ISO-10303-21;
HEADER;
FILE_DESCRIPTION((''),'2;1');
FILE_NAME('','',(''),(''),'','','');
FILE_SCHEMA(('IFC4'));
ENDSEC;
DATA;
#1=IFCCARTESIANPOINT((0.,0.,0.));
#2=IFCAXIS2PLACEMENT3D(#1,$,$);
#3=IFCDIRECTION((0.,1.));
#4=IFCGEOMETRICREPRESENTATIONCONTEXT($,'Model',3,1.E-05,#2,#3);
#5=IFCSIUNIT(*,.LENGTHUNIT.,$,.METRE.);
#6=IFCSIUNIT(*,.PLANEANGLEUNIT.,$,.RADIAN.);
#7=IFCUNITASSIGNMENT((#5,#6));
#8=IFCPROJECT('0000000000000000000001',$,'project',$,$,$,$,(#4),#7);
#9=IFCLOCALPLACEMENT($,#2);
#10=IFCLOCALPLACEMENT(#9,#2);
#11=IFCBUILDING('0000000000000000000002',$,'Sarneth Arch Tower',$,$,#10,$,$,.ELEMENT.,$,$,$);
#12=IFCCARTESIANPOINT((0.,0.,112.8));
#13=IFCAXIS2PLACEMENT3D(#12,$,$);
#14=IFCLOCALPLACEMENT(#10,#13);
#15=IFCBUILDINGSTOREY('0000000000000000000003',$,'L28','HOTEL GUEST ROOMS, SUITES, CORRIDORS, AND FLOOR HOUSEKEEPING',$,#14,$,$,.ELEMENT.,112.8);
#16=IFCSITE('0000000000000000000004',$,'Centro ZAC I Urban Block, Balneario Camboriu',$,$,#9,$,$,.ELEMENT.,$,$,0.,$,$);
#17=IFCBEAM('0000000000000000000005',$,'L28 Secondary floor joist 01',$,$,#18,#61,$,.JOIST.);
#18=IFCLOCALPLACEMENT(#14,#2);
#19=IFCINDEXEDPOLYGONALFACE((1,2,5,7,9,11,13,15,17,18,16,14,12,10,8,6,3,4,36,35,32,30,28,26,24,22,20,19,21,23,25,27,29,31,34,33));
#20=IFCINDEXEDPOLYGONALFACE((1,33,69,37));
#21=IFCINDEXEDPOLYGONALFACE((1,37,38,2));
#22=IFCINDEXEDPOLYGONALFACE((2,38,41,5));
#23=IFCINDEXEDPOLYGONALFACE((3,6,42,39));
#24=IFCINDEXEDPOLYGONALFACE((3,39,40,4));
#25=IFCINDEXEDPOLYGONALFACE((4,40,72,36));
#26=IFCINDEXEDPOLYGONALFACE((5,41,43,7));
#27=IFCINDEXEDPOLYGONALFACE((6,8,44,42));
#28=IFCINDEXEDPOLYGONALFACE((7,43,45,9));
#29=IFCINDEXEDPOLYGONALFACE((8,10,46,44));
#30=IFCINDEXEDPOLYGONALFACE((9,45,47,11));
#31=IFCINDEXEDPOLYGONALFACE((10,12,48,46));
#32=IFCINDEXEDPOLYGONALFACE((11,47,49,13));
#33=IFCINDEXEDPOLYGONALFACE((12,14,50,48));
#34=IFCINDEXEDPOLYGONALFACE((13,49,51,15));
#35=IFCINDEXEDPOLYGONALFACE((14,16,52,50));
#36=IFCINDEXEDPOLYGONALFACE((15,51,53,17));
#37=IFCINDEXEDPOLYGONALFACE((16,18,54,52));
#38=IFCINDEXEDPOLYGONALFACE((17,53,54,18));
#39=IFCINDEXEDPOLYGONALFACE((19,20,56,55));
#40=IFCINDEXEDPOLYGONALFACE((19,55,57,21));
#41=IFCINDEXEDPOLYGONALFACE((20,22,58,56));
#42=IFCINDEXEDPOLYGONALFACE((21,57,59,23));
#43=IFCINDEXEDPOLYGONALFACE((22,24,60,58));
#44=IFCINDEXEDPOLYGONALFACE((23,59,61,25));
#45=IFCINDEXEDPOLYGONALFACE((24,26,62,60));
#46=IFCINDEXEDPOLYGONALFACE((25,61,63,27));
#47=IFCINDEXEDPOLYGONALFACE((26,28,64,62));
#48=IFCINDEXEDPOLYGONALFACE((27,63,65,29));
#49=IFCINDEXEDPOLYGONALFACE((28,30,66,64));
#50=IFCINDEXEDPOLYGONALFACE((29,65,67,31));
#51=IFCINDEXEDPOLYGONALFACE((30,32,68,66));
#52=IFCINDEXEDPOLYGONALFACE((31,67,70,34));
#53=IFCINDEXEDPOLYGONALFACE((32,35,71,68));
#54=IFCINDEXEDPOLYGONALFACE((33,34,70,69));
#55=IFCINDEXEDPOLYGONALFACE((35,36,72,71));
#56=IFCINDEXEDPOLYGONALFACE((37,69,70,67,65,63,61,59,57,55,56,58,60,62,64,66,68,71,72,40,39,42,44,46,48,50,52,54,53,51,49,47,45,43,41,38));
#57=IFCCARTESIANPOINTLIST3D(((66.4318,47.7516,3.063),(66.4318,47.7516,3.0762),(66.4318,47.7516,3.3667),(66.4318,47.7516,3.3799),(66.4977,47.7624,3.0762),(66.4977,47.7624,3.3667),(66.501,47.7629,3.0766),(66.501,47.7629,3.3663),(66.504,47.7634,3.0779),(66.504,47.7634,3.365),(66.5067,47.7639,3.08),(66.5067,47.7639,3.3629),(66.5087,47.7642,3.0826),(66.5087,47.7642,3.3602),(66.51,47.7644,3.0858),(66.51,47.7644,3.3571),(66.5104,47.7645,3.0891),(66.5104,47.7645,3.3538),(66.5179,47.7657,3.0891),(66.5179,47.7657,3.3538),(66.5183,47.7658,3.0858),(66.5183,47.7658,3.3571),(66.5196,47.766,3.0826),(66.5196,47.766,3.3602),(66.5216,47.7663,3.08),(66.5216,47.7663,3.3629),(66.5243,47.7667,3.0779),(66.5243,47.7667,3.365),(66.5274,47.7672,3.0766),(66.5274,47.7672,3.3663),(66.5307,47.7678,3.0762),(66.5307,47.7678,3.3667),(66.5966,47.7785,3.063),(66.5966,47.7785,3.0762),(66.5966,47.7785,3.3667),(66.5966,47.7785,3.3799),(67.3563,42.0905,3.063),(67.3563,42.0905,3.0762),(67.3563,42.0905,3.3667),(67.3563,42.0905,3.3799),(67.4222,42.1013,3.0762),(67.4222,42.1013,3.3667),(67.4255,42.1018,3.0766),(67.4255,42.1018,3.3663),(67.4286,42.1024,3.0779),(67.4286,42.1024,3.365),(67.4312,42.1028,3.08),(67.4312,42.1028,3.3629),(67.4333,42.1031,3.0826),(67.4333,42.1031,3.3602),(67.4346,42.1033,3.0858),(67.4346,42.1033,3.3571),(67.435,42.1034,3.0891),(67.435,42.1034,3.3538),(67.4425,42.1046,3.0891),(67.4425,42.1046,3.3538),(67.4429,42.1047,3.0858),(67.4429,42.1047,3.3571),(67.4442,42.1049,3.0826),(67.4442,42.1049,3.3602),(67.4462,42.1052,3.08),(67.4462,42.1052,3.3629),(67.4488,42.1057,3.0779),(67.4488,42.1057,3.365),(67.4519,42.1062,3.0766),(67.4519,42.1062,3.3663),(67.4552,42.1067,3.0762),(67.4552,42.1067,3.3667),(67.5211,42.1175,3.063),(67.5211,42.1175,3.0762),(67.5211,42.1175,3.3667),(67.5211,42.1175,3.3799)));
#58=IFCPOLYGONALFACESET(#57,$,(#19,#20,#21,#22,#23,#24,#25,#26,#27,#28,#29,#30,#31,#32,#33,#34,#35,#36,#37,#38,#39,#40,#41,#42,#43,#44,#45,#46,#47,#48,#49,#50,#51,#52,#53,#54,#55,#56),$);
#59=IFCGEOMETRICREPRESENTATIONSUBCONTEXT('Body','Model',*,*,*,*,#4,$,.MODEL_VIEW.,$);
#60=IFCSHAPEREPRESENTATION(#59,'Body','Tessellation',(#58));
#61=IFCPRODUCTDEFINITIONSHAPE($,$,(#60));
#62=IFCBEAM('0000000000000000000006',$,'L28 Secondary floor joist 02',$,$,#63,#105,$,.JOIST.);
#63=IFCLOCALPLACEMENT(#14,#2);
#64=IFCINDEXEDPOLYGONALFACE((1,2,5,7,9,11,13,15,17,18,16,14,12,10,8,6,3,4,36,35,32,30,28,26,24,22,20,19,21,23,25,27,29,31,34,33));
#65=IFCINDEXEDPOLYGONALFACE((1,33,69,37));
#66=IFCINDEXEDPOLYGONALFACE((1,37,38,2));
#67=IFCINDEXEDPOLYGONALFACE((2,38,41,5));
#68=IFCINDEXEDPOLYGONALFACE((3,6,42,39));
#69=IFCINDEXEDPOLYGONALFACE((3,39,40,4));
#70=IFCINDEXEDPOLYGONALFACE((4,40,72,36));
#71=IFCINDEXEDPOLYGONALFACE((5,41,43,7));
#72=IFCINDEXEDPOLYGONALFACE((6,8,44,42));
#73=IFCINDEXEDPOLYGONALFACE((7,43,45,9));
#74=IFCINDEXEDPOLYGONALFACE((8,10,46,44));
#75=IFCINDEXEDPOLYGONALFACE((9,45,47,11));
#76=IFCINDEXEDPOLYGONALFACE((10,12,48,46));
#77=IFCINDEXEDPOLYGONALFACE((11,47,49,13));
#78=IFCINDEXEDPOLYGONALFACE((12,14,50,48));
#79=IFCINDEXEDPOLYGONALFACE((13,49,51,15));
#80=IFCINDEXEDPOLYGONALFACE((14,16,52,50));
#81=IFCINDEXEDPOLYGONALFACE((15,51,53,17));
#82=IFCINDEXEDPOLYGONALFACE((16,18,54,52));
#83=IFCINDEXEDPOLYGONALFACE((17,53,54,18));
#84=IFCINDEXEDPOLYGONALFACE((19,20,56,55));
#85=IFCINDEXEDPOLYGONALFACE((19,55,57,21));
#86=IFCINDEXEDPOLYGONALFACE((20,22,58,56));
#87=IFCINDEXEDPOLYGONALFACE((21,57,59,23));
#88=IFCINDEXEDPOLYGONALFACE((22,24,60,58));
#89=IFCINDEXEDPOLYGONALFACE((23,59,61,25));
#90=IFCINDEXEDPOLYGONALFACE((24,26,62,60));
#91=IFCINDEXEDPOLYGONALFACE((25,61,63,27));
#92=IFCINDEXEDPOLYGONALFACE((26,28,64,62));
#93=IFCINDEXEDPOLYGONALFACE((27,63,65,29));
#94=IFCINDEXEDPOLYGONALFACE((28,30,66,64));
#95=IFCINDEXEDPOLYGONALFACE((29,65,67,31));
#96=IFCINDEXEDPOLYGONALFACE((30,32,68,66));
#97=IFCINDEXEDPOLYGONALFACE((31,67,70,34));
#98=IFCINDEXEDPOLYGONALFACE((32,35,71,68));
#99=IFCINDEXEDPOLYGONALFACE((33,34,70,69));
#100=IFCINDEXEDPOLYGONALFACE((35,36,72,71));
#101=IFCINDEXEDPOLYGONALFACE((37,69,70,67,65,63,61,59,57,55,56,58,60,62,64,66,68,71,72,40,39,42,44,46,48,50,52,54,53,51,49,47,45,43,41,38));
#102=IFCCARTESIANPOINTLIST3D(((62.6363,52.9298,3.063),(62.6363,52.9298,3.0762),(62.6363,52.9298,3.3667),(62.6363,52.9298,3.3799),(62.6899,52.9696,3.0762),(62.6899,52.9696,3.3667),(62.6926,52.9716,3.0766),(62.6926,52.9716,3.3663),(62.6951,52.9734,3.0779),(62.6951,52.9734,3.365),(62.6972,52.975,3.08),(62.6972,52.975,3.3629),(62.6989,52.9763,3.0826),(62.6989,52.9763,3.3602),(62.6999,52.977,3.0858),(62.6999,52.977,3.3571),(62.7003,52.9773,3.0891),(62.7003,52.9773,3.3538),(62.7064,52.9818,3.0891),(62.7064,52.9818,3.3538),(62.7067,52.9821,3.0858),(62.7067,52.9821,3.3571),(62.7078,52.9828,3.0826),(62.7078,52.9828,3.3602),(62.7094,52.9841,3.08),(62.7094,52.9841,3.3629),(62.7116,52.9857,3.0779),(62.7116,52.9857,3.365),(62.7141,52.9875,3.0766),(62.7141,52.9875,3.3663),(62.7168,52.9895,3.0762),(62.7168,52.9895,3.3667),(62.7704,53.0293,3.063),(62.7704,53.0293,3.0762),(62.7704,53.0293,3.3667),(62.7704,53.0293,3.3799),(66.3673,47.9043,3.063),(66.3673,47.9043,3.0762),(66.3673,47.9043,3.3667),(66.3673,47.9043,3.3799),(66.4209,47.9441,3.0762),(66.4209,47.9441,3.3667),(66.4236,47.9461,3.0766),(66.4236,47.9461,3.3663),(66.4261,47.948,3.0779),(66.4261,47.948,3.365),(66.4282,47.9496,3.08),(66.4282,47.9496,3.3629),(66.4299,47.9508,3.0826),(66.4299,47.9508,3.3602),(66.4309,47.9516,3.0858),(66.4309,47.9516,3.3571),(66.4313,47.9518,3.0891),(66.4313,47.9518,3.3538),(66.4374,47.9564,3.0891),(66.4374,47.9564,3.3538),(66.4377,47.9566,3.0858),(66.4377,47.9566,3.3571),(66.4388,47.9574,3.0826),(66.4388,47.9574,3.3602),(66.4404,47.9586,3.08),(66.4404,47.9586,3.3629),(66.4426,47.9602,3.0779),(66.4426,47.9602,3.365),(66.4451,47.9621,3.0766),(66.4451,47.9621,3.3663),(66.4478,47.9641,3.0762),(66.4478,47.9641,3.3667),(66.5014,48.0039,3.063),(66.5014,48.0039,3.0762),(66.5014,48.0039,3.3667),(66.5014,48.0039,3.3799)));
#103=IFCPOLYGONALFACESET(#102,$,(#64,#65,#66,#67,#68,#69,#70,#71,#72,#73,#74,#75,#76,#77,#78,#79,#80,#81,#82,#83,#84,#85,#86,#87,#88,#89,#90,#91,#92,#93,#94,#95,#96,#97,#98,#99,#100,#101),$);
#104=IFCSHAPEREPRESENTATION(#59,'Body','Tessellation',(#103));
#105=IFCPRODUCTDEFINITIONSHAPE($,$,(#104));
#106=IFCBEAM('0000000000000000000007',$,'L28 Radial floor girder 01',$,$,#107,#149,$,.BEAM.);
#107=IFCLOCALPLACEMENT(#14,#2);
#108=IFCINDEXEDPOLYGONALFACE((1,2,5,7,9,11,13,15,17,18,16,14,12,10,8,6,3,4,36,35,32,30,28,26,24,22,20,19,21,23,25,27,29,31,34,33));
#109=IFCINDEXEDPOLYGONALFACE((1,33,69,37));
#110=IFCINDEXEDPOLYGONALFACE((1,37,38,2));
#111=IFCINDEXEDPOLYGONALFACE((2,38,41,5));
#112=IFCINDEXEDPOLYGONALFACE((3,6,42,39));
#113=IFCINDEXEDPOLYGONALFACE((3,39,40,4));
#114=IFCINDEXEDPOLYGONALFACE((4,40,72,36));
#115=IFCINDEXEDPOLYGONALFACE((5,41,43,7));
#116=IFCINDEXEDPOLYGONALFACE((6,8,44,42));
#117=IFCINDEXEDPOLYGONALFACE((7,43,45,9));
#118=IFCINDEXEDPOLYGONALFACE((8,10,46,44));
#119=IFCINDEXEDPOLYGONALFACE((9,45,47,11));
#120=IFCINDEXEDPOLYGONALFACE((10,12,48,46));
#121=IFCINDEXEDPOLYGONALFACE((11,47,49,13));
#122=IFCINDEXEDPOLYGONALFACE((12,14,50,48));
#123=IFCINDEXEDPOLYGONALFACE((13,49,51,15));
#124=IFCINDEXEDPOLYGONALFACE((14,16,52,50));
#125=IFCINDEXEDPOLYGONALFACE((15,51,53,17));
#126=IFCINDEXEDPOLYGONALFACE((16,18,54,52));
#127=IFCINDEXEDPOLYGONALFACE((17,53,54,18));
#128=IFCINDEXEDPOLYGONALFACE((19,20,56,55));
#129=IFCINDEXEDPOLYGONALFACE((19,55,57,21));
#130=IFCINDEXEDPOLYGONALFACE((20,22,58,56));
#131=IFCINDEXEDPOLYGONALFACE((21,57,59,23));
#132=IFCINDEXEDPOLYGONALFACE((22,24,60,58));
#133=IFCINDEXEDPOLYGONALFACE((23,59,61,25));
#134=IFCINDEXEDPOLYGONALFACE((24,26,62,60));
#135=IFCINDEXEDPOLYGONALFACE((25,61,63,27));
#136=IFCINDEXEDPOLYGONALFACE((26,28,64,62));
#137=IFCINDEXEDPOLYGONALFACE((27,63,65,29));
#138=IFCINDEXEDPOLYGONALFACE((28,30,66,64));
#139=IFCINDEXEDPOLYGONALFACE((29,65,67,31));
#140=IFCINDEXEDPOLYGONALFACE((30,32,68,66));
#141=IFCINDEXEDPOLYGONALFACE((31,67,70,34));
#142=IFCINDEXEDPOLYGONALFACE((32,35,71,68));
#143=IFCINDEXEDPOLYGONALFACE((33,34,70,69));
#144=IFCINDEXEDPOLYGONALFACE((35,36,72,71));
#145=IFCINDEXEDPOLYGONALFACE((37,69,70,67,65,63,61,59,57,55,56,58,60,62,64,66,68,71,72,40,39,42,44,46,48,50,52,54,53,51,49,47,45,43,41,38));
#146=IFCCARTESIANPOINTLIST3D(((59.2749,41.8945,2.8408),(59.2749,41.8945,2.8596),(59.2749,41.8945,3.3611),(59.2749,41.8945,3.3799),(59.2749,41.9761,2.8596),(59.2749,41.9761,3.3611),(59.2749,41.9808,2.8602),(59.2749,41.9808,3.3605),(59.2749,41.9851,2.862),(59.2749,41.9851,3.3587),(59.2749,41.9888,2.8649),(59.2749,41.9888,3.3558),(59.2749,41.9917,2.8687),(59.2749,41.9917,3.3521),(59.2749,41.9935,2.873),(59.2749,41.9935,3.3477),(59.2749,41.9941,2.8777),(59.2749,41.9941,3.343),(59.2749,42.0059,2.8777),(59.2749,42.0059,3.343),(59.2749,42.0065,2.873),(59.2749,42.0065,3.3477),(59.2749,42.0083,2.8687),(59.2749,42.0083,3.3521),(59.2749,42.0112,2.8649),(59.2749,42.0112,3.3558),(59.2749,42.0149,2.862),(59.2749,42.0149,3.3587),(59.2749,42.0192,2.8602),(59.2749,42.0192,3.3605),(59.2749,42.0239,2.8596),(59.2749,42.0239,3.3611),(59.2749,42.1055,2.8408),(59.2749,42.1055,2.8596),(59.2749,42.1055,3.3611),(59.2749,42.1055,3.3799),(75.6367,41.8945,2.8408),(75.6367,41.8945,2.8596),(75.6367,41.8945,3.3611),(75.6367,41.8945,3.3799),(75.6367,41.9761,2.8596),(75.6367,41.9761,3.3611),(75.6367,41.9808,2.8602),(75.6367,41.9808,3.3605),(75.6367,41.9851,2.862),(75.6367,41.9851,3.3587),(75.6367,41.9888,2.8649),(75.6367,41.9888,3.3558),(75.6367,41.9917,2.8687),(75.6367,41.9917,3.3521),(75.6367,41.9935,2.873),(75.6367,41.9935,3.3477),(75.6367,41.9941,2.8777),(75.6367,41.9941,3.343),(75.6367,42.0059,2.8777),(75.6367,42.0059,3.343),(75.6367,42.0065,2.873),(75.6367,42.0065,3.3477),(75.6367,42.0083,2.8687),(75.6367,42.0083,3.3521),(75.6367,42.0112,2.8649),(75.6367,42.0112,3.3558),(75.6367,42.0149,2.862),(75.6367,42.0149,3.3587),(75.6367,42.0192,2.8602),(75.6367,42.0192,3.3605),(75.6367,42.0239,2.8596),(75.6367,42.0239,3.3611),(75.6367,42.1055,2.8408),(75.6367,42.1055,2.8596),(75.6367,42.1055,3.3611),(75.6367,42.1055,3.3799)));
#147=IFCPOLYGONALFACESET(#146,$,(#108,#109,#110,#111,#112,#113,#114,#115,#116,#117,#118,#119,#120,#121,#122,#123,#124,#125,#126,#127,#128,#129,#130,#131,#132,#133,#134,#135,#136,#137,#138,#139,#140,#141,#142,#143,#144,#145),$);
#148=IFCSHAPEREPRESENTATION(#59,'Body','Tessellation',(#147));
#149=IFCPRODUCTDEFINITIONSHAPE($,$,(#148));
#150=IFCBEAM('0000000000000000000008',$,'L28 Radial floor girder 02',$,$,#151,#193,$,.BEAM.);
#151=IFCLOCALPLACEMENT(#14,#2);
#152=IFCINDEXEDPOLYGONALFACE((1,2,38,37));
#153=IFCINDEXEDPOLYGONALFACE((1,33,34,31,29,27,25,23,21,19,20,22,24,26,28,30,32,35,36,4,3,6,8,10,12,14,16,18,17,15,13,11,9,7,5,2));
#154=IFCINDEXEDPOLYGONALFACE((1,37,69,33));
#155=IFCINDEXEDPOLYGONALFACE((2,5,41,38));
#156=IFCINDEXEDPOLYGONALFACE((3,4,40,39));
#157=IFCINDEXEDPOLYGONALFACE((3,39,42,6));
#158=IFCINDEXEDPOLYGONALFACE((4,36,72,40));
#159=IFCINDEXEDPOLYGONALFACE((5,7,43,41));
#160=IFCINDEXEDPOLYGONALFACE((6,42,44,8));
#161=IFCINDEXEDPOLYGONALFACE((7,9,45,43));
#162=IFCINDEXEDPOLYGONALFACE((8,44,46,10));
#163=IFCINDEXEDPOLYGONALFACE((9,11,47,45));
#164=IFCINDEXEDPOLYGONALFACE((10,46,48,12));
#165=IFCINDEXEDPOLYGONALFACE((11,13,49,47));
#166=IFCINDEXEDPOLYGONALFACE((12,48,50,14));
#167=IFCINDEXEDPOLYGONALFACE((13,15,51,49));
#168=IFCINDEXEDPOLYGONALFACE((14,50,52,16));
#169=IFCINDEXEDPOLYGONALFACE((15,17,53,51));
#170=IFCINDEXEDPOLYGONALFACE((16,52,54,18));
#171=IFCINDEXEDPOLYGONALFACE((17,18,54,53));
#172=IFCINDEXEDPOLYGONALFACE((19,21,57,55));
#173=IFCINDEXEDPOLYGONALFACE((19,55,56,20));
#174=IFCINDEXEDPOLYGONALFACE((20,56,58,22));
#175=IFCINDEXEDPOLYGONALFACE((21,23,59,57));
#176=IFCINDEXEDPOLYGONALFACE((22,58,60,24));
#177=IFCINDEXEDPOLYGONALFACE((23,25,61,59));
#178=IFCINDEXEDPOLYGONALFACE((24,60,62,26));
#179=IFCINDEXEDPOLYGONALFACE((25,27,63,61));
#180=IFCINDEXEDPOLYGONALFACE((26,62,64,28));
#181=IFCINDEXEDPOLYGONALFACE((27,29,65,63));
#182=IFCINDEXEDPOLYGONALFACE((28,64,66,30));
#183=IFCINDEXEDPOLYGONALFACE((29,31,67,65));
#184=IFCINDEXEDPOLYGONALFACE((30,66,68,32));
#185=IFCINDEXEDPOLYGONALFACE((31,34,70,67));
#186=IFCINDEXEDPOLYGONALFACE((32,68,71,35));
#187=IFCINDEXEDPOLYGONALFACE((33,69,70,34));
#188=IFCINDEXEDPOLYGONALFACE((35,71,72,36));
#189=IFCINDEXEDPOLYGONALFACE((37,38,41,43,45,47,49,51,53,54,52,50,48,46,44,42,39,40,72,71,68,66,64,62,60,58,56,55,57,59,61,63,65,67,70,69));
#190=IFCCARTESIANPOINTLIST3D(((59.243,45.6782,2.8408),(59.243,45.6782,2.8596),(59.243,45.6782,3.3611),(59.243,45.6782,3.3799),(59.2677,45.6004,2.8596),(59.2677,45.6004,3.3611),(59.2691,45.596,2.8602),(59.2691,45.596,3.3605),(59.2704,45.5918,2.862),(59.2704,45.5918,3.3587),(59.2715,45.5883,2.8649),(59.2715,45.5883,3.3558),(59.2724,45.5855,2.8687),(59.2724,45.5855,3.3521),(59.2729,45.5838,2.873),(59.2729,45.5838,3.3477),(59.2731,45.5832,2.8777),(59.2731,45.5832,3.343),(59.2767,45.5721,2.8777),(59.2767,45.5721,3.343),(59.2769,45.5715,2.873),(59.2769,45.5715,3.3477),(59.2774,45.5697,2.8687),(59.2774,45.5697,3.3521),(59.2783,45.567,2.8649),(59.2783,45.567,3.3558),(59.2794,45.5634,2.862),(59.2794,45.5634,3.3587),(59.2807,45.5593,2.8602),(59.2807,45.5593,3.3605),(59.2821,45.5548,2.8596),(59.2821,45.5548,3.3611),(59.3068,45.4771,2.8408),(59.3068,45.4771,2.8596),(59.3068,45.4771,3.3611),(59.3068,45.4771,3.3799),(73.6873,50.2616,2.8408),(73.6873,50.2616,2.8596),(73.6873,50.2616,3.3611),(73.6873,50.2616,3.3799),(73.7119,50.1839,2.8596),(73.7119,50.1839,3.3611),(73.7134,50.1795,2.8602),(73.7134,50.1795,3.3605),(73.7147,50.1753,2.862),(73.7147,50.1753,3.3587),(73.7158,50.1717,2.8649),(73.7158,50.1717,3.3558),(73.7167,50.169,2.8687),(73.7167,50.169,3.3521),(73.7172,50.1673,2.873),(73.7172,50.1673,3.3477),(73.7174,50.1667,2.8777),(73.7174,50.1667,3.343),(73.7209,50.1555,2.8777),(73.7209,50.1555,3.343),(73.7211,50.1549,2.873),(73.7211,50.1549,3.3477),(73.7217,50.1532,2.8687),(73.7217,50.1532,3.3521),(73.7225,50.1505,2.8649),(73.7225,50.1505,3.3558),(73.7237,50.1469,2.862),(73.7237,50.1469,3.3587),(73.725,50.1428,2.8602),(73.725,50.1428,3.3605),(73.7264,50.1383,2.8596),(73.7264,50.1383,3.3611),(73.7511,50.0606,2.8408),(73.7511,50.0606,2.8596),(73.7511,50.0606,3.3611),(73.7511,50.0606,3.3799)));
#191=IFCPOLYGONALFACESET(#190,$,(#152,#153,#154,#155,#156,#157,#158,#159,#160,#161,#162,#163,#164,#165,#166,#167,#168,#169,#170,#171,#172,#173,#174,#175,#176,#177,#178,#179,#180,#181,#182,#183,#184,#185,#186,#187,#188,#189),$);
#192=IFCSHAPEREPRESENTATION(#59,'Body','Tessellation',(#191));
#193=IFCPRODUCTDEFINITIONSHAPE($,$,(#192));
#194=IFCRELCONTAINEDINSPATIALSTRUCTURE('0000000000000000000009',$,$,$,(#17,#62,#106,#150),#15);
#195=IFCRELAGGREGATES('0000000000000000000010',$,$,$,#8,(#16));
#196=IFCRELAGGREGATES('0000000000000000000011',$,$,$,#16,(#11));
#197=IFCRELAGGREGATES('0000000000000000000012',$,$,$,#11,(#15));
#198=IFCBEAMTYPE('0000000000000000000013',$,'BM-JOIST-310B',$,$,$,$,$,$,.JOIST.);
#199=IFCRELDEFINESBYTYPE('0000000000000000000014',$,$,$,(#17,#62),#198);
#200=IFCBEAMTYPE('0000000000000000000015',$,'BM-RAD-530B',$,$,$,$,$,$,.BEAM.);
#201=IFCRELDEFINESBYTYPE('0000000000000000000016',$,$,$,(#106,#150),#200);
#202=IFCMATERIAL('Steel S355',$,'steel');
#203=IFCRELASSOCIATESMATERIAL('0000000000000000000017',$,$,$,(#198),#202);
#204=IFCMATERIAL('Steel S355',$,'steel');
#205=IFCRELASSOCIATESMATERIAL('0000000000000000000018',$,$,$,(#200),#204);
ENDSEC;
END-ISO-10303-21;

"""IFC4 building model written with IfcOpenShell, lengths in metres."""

from ifc_helpers import new_model, si_unit, direction, frame, origin, origin_2d, place, context, subcontext, project, spatial, i_section, extrude, material, material_profile, profile_set, type_object, element, save


model = new_model("IFC4")

# Units and contexts
model_context = context("Model", 3, precision=1e-05, world=origin(), true_north=direction((0.0, 1.0)))
body_context = subcontext(model_context, "Body", "Model", "MODEL_VIEW")
ifc_project = project(units=[si_unit("LENGTHUNIT", "METRE"), si_unit("PLANEANGLEUNIT", "RADIAN")], contexts=[model_context])

# Site, building, storey
site_placement = place(None, origin())
site = spatial("IfcSite", under=ifc_project, at=site_placement, Name="Centro ZAC I Urban Block, Balneario Camboriu", CompositionType="ELEMENT", RefElevation=0.0)
building_placement = place(site_placement, origin())
building = spatial("IfcBuilding", under=site, at=building_placement, Name="Sarneth Arch Tower", CompositionType="ELEMENT")
storey_placement = place(building_placement, frame((0.0, 0.0, 112.8)))
storey = spatial("IfcBuildingStorey", under=building, at=storey_placement, Name="L28", Description="HOTEL GUEST ROOMS, SUITES, CORRIDORS, AND FLOOR HOUSEKEEPING", CompositionType="ELEMENT", Elevation=112.8)

# Beams
ifc_material_1 = material(Name="Steel S355", Category="steel")
ifc_material_profile_1 = material_profile(ifc_material_1, i_section(OverallWidth=0.167, OverallDepth=0.3169, WebThickness=0.0076, FlangeThickness=0.0132, FilletRadius=0.0129, at=origin_2d()), Name="W310x52")
ifc_profile_set_1 = profile_set([ifc_material_profile_1], Name="Steel S355")
beam_type_1 = type_object("IfcBeamType", Name="BM-JOIST-310B", PredefinedType="JOIST", material=ifc_profile_set_1)
beam_1_placement = place(storey_placement, frame((67.4387, 42.104, 3.2214), z_axis=(-0.161182, 0.986925, 0.0), x_axis=(-0.986925, -0.161182, 0.0)))
element("IfcBeam", 1, at=beam_1_placement, inside=storey, type_object=beam_type_1, Name="L28 Secondary floor joist 01", PredefinedType="JOIST", context=body_context, shape_type="SweptSolid", body=[
    extrude(i_section(OverallWidth=0.167, OverallDepth=0.3169, WebThickness=0.0076, FlangeThickness=0.0132, FilletRadius=0.0129, at=origin_2d()), origin(), (0.0, 0.0, 1.0), 5.7361),
])
beam_2_placement = place(storey_placement, frame((66.4343, 47.9541, 3.2214), z_axis=(-0.596098, 0.802911, 0.0), x_axis=(-0.802911, -0.596098, 0.0)))
element("IfcBeam", 2, at=beam_2_placement, inside=storey, type_object=beam_type_1, Name="L28 Secondary floor joist 02", PredefinedType="JOIST", context=body_context, shape_type="SweptSolid", body=[
    extrude(i_section(OverallWidth=0.167, OverallDepth=0.3169, WebThickness=0.0076, FlangeThickness=0.0132, FilletRadius=0.0129, at=origin_2d()), origin(), (0.0, 0.0, 1.0), 6.259),
])
ifc_material_2 = material(Name="Steel S355", Category="steel")
ifc_material_profile_2 = material_profile(ifc_material_2, i_section(OverallWidth=0.2109, OverallDepth=0.5391, WebThickness=0.0117, FlangeThickness=0.0188, FilletRadius=0.0181, at=origin_2d()), Name="W530x109")
ifc_profile_set_2 = profile_set([ifc_material_profile_2], Name="Steel S355")
beam_type_2 = type_object("IfcBeamType", Name="BM-RAD-530B", PredefinedType="BEAM", material=ifc_profile_set_2)
beam_3_placement = place(storey_placement, frame((59.2749, 42.0, 3.1104), z_axis=(1.0, 0.0, 0.0), x_axis=(0.0, 1.0, 0.0)))
element("IfcBeam", 3, at=beam_3_placement, inside=storey, type_object=beam_type_2, Name="L28 Radial floor girder 01", PredefinedType="BEAM", context=body_context, shape_type="SweptSolid", body=[
    extrude(i_section(OverallWidth=0.2109, OverallDepth=0.5391, WebThickness=0.0117, FlangeThickness=0.0188, FilletRadius=0.0181, at=origin_2d()), origin(), (0.0, 0.0, 1.0), 16.3618),
])
beam_4_placement = place(storey_placement, frame((59.2749, 45.5776, 3.1104), z_axis=(0.953162, 0.302459, 0.0), x_axis=(-0.302459, 0.953162, 0.0)))
element("IfcBeam", 4, at=beam_4_placement, inside=storey, type_object=beam_type_2, Name="L28 Radial floor girder 02", PredefinedType="BEAM", context=body_context, shape_type="SweptSolid", body=[
    extrude(i_section(OverallWidth=0.2109, OverallDepth=0.5391, WebThickness=0.0117, FlangeThickness=0.0188, FilletRadius=0.0181, at=origin_2d()), origin(), (0.0, 0.0, 1.0), 15.1541),
])

save(model, "model.ifc")
